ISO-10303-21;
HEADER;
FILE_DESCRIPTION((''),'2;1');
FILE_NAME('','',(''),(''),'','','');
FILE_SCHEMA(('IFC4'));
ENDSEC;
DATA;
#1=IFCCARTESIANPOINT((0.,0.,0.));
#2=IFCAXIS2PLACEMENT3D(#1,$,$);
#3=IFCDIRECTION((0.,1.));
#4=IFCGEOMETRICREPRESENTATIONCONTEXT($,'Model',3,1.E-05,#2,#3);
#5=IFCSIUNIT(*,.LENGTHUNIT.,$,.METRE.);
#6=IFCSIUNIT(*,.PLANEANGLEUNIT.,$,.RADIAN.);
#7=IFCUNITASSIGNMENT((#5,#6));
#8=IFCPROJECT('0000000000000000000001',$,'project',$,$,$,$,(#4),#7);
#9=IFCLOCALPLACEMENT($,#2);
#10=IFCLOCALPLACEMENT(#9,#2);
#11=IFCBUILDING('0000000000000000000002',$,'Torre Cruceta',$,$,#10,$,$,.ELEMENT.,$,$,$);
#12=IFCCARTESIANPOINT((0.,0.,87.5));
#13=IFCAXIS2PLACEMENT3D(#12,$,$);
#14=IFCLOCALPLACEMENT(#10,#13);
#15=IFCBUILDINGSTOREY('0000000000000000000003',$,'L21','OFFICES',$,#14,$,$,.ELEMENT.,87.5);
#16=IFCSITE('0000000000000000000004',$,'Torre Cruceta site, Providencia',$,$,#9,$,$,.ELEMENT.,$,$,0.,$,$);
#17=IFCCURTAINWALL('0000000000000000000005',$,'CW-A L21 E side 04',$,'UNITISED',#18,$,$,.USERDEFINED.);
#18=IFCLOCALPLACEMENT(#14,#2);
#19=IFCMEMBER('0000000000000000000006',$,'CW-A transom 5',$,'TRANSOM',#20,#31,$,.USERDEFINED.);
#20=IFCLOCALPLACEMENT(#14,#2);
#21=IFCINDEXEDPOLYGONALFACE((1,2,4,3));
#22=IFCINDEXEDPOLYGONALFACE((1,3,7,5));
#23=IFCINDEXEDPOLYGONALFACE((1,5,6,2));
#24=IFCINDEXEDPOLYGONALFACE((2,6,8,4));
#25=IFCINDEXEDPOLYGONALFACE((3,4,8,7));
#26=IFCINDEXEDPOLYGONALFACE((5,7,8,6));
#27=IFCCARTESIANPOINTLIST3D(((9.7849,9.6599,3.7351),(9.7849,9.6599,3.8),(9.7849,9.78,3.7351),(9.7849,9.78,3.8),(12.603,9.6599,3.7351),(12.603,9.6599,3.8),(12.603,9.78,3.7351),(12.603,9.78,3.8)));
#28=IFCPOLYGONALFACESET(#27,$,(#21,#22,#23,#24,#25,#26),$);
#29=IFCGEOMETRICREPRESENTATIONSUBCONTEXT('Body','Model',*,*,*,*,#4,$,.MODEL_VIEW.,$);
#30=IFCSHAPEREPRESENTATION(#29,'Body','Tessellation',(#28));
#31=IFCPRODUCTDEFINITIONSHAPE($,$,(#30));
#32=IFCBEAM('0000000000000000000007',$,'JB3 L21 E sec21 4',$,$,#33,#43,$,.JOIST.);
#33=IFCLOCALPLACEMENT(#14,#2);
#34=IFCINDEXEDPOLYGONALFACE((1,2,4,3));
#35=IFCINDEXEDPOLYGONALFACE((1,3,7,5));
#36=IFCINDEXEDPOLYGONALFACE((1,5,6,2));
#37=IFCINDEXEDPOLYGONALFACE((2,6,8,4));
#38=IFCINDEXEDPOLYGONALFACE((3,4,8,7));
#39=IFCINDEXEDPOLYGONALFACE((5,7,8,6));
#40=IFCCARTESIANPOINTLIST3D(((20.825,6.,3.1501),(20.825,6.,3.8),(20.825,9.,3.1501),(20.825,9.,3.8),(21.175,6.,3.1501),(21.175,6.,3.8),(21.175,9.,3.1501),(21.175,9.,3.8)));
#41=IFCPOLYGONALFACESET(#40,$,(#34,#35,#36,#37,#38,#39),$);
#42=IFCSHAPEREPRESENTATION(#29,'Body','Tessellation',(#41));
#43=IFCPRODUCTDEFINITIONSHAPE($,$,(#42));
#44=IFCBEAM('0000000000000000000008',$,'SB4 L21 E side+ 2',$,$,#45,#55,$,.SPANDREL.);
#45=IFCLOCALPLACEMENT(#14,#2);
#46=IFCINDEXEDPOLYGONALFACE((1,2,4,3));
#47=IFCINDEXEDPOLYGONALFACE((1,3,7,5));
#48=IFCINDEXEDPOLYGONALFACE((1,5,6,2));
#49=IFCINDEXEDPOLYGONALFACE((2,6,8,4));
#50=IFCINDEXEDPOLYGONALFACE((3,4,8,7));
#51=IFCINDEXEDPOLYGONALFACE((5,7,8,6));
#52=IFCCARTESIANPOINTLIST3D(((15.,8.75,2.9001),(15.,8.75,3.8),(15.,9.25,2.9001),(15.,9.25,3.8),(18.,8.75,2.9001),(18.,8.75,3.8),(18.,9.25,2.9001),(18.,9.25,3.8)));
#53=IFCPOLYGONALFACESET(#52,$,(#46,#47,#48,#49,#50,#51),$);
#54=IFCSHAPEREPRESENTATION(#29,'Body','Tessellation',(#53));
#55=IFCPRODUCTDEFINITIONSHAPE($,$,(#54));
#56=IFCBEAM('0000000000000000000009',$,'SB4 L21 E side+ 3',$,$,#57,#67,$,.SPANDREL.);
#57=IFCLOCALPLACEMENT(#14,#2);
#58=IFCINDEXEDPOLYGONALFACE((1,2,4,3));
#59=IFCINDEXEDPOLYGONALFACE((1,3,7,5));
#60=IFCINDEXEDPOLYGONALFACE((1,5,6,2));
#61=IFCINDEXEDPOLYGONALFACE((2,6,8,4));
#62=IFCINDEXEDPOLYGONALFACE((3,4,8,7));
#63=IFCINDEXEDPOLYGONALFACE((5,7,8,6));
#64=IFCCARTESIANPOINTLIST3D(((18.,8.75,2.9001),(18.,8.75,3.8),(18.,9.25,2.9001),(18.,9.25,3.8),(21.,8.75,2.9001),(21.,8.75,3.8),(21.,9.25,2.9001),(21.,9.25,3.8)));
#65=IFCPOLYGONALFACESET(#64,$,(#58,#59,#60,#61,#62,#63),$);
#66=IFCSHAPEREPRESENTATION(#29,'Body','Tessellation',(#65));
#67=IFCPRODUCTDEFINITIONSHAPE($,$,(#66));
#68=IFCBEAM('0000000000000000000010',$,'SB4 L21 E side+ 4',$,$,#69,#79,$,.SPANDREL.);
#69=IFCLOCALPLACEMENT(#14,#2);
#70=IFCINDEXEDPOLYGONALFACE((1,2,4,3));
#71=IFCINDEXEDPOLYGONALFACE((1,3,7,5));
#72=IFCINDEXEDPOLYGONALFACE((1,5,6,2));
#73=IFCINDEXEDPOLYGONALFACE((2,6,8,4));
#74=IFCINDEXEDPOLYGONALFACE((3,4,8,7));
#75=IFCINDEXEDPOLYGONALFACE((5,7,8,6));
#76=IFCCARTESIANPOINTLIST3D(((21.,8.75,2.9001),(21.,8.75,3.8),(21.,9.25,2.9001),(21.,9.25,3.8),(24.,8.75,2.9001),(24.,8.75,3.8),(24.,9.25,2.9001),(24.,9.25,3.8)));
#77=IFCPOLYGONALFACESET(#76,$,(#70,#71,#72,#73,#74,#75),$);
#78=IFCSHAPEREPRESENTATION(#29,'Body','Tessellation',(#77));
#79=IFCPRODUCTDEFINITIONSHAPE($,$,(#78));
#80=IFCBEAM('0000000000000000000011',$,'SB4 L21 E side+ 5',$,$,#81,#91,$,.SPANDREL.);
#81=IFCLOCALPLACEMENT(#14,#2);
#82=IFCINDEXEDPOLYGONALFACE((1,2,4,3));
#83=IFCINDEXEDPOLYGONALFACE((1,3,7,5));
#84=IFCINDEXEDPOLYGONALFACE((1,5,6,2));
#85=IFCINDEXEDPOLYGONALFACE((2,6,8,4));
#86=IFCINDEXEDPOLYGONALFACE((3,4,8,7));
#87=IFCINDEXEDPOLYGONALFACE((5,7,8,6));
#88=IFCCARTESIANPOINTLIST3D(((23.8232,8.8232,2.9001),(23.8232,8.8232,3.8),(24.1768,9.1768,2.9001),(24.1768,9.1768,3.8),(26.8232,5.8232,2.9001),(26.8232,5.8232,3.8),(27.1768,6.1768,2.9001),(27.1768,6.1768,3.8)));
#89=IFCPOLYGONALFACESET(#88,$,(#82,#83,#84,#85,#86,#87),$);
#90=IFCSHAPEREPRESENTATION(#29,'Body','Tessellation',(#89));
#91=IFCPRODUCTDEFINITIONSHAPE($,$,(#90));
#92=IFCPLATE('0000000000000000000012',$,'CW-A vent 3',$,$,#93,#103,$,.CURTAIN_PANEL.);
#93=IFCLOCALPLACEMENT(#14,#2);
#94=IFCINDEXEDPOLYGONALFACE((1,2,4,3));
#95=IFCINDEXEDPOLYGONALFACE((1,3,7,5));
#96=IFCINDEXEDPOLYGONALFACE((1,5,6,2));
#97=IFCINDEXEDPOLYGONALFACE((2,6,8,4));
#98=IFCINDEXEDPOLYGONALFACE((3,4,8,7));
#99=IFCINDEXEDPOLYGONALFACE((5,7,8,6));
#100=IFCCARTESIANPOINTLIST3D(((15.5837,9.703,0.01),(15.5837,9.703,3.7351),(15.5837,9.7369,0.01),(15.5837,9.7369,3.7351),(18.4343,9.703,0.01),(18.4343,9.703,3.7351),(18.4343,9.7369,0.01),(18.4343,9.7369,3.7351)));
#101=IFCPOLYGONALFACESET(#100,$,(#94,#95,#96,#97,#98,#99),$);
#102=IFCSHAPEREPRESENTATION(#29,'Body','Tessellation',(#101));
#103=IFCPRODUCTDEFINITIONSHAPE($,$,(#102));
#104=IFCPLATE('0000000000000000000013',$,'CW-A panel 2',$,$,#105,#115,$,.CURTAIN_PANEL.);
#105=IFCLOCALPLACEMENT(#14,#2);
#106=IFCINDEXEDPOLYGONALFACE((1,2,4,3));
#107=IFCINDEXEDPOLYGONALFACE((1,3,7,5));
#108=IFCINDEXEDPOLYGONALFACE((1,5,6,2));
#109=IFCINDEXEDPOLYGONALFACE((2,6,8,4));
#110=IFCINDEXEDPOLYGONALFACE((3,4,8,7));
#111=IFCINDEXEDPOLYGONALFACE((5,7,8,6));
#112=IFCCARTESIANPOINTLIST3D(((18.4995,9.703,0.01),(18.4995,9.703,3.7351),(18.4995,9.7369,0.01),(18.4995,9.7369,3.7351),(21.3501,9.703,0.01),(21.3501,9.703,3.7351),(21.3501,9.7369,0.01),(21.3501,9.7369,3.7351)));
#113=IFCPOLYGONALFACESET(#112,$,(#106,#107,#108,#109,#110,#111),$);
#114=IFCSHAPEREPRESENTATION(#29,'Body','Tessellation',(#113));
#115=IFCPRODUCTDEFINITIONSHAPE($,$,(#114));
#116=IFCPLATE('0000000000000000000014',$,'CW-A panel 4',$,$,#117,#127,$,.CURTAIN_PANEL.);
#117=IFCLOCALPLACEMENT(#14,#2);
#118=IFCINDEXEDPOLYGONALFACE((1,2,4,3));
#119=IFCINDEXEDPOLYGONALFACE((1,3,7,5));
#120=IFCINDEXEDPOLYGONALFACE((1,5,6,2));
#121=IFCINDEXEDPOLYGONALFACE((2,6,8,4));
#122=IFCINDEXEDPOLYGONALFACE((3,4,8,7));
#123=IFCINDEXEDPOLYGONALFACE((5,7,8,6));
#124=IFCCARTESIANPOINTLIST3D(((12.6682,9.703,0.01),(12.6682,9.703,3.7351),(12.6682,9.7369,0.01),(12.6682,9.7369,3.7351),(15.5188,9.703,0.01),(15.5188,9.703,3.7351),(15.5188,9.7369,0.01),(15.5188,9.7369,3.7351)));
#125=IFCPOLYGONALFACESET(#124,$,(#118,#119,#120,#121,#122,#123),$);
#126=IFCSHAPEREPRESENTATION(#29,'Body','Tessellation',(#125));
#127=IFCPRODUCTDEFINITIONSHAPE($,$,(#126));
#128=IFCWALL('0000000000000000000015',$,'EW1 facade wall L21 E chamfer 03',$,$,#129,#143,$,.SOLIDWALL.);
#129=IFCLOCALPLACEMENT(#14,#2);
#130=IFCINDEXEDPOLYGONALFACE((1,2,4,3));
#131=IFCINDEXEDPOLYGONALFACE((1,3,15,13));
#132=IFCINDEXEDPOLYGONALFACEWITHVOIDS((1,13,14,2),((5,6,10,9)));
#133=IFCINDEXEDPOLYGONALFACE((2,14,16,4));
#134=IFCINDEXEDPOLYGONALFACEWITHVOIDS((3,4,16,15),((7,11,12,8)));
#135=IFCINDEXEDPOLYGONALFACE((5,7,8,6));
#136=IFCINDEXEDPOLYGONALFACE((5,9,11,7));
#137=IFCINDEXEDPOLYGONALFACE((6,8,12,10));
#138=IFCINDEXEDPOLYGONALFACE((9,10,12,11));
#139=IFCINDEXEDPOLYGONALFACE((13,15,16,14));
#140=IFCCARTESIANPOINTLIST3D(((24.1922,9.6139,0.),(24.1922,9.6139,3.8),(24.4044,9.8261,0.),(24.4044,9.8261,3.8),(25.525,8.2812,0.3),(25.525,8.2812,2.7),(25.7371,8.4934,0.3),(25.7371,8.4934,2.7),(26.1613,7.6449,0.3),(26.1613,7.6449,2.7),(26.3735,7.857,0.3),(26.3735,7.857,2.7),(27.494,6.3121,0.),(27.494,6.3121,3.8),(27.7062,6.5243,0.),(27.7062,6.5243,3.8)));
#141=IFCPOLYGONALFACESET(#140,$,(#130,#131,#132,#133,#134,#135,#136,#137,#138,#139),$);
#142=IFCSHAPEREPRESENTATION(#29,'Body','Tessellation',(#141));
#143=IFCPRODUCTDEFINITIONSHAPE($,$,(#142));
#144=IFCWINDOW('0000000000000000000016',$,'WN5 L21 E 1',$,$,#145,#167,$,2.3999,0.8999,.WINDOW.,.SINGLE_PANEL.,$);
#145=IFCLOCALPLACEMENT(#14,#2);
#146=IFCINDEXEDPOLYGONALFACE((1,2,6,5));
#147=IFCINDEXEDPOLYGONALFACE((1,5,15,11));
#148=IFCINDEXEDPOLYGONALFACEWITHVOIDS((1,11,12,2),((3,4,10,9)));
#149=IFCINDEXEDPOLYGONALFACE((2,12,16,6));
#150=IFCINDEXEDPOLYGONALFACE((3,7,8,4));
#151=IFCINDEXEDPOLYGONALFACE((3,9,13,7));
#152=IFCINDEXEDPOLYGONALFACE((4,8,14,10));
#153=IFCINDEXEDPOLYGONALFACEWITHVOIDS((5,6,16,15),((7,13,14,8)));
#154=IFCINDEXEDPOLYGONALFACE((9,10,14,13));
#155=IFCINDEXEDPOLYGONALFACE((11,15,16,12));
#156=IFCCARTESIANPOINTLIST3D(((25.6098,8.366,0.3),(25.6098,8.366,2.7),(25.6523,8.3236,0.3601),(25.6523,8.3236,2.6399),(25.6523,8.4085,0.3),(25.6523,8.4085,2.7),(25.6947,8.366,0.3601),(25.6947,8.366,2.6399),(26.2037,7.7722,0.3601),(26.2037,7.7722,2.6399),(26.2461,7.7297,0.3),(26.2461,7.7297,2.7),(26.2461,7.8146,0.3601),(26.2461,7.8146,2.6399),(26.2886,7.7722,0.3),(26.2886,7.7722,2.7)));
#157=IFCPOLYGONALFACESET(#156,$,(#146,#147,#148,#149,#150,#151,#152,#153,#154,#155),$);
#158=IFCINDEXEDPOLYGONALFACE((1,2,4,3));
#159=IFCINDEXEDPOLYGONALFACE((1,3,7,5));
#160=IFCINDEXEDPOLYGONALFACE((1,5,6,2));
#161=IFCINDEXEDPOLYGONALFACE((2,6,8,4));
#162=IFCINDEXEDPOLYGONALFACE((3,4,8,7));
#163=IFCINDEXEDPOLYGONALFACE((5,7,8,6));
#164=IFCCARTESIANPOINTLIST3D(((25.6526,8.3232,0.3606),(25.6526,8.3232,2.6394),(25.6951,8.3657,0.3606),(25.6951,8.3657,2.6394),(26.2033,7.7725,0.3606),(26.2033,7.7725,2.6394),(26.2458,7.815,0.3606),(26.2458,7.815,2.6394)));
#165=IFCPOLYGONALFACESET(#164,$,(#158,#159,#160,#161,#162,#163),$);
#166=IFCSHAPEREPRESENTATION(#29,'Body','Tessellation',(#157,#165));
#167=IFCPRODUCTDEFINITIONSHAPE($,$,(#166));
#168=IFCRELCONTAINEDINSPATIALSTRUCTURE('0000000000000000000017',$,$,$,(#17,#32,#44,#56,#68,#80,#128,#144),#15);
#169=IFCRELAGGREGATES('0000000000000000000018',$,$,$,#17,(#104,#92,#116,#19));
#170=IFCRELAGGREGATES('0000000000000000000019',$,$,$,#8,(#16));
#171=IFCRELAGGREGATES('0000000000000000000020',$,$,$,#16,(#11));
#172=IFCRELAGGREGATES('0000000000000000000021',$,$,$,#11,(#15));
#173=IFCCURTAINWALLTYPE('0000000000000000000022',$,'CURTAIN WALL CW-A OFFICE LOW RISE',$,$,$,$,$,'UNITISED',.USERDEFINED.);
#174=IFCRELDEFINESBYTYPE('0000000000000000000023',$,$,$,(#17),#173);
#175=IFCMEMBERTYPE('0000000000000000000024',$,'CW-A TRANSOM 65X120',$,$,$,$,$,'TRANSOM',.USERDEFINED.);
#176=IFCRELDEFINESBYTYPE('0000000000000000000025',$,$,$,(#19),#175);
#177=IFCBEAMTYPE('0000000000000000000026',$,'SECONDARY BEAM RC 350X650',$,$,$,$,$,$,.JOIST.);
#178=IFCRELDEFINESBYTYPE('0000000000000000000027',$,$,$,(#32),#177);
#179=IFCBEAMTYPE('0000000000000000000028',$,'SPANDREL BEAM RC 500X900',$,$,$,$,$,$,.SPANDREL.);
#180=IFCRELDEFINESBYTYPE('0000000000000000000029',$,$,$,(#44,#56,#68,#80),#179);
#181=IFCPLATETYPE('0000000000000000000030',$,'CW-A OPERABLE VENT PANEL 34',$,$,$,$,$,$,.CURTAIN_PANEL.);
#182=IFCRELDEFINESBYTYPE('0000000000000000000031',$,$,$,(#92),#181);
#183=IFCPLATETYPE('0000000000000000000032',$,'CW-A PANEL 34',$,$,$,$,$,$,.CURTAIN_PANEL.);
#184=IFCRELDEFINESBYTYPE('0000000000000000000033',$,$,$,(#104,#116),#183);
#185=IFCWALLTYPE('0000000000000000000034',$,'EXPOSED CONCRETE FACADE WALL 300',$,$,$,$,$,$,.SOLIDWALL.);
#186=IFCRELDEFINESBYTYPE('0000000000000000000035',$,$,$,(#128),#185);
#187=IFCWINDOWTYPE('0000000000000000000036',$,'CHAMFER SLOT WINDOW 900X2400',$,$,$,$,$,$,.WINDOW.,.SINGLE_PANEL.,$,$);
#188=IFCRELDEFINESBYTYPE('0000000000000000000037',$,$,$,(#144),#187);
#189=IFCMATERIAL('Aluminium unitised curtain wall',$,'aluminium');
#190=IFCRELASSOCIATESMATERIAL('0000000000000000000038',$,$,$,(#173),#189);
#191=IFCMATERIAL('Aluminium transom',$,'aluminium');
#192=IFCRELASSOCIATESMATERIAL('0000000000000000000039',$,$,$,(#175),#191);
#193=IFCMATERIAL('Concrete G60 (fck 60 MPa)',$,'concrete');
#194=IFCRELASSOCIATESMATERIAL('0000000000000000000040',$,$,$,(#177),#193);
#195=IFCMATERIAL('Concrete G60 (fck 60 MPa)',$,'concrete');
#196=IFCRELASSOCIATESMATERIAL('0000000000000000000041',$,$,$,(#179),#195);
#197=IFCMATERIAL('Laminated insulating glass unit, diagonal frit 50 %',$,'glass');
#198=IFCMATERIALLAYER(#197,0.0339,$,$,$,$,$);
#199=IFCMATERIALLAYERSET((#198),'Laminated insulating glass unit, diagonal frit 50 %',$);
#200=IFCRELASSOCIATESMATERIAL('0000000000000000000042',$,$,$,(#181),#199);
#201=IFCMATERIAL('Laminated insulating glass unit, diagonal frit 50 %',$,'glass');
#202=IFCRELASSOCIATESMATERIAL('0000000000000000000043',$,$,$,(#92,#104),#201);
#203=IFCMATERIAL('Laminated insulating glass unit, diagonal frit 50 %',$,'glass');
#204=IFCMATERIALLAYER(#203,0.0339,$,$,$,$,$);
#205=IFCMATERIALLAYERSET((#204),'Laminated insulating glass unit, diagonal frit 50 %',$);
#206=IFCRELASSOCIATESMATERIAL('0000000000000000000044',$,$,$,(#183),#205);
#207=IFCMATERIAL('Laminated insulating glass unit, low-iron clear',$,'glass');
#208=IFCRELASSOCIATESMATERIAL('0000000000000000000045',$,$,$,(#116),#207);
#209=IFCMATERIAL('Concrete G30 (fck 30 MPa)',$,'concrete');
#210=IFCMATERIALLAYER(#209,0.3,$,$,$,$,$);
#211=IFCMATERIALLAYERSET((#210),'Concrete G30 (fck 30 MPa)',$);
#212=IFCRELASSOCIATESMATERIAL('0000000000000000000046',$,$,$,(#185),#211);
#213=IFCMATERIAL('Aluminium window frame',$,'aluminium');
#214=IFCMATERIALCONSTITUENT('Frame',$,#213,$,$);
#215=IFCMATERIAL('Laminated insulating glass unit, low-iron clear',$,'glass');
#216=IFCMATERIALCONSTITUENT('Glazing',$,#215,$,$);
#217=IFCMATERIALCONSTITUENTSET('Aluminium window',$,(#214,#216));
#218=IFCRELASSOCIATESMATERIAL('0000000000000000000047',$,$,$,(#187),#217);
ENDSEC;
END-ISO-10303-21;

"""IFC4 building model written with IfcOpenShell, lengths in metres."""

from ifc_helpers import new_model, si_unit, direction, frame, frame_2d, origin, origin_2d, place, context, subcontext, project, spatial, rectangle, hollow_rectangle, extrude, material, layer, layer_set, constituent, constituent_set, material_profile, profile_set, type_object, element, fill, aggregate, save


model = new_model("IFC4")

# Units and contexts
model_context = context("Model", 3, precision=1e-05, world=origin(), true_north=direction((0.0, 1.0)))
body_context = subcontext(model_context, "Body", "Model", "MODEL_VIEW")
ifc_project = project(units=[si_unit("LENGTHUNIT", "METRE"), si_unit("PLANEANGLEUNIT", "RADIAN")], contexts=[model_context])

# Site, building, storey
site_placement = place(None, origin())
site = spatial("IfcSite", under=ifc_project, at=site_placement, Name="Torre Cruceta site, Providencia", CompositionType="ELEMENT", RefElevation=0.0)
building_placement = place(site_placement, origin())
building = spatial("IfcBuilding", under=site, at=building_placement, Name="Torre Cruceta", CompositionType="ELEMENT")
storey_placement = place(building_placement, frame((0.0, 0.0, 87.5)))
storey = spatial("IfcBuildingStorey", under=building, at=storey_placement, Name="L21", Description="OFFICES", CompositionType="ELEMENT", Elevation=87.5)

# Curtain wall, member
ifc_material_1 = material(Name="Aluminium unitised curtain wall", Category="aluminium")
curtain_wall_type = type_object("IfcCurtainWallType", Name="CURTAIN WALL CW-A OFFICE LOW RISE", ElementType="UNITISED", PredefinedType="USERDEFINED", material=ifc_material_1)
curtain_wall_placement = place(storey_placement, origin())
curtain_wall = element("IfcCurtainWall", 1, at=curtain_wall_placement, inside=storey, type_object=curtain_wall_type, Name="CW-A L21 E side 04", ObjectType="UNITISED", PredefinedType="USERDEFINED")
ifc_material_2 = material(Name="Aluminium transom", Category="aluminium")
ifc_material_profile_1 = material_profile(ifc_material_2, rectangle(XDim=0.1201, YDim=0.0649, at=origin_2d()), Name="AL 120X65")
ifc_profile_set_1 = profile_set([ifc_material_profile_1], Name="Aluminium transom")
member_type_1 = type_object("IfcMemberType", Name="CW-A TRANSOM 65X120", ElementType="TRANSOM", PredefinedType="USERDEFINED", material=ifc_profile_set_1)
member_1_placement = place(storey_placement, frame((12.603, 9.72, 3.7676), z_axis=(-1.0, 0.0, 0.0), x_axis=(0.0, -1.0, 0.0)))
member_1 = element("IfcMember", 2, at=member_1_placement, type_object=member_type_1, Name="CW-A transom 5", ObjectType="TRANSOM", PredefinedType="USERDEFINED", context=body_context, shape_type="SweptSolid", body=[
    extrude(rectangle(XDim=0.1201, YDim=0.0649, at=origin_2d()), origin(), (0.0, 0.0, 1.0), 2.8181),
])

# Beams
ifc_material_3 = material(Name="Concrete G60 (fck 60 MPa)", Category="concrete")
ifc_material_profile_2 = material_profile(ifc_material_3, rectangle(XDim=0.3501, YDim=0.6499, at=origin_2d()), Name="RC 350X650")
ifc_profile_set_2 = profile_set([ifc_material_profile_2], Name="Concrete G60 (fck 60 MPa)")
beam_type_1 = type_object("IfcBeamType", Name="SECONDARY BEAM RC 350X650", PredefinedType="JOIST", material=ifc_profile_set_2)
beam_1_placement = place(storey_placement, frame((21.0, 6.0, 3.4751), z_axis=(0.0, 1.0, 0.0), x_axis=(-1.0, 0.0, 0.0)))
element("IfcBeam", 3, at=beam_1_placement, inside=storey, type_object=beam_type_1, Name="JB3 L21 E sec21 4", PredefinedType="JOIST", context=body_context, shape_type="SweptSolid", body=[
    extrude(rectangle(XDim=0.3501, YDim=0.6499, at=origin_2d()), origin(), (0.0, 0.0, 1.0), 3.0),
])
ifc_material_4 = material(Name="Concrete G60 (fck 60 MPa)", Category="concrete")
ifc_material_profile_3 = material_profile(ifc_material_4, rectangle(XDim=0.5, YDim=0.8999, at=origin_2d()), Name="RC 500X900")
ifc_profile_set_3 = profile_set([ifc_material_profile_3], Name="Concrete G60 (fck 60 MPa)")
beam_type_2 = type_object("IfcBeamType", Name="SPANDREL BEAM RC 500X900", PredefinedType="SPANDREL", material=ifc_profile_set_3)
for number, where, z_axis, x_axis, name in (
    (4, (15.0, 9.0, 3.3501), (1.0, 0.0, 0.0), (0.0, 1.0, 0.0), "SB4 L21 E side+ 2"),
    (5, (18.0, 9.0, 3.3501), (1.0, 0.0, 0.0), (0.0, 1.0, 0.0), "SB4 L21 E side+ 3"),
    (6, (21.0, 9.0, 3.3501), (1.0, 0.0, 0.0), (0.0, 1.0, 0.0), "SB4 L21 E side+ 4"),
):
    element("IfcBeam", number, at=place(storey_placement, frame(where, z_axis=z_axis, x_axis=x_axis)), inside=storey, type_object=beam_type_2, Name=name, PredefinedType="SPANDREL", context=body_context, shape_type="SweptSolid", body=[
        extrude(rectangle(XDim=0.5, YDim=0.8999, at=origin_2d()), origin(), (0.0, 0.0, 1.0), 3.0),
    ])
beam_2_placement = place(storey_placement, frame((24.0, 9.0, 3.3501), z_axis=(0.707107, -0.707107, 0.0), x_axis=(0.707107, 0.707107, 0.0)))
element("IfcBeam", 7, at=beam_2_placement, inside=storey, type_object=beam_type_2, Name="SB4 L21 E side+ 5", PredefinedType="SPANDREL", context=body_context, shape_type="SweptSolid", body=[
    extrude(rectangle(XDim=0.5, YDim=0.8999, at=origin_2d()), origin(), (0.0, 0.0, 1.0), 4.2427),
])

# Plates
ifc_material_5 = material(Name="Laminated insulating glass unit, diagonal frit 50 %", Category="glass")
ifc_material_6 = material(Name="Laminated insulating glass unit, diagonal frit 50 %", Category="glass")
ifc_layer_1 = layer(ifc_material_6, 0.0339)
ifc_layer_set_1 = layer_set([ifc_layer_1], Name="Laminated insulating glass unit, diagonal frit 50 %")
plate_type_1 = type_object("IfcPlateType", Name="CW-A OPERABLE VENT PANEL 34", PredefinedType="CURTAIN_PANEL", material=ifc_layer_set_1)
plate_1_placement = place(storey_placement, frame((17.009, 9.72, 0.01), z_axis=(0.0, 0.0, 1.0), x_axis=(-1.0, 0.0, 0.0)))
plate_1 = element("IfcPlate", 8, at=plate_1_placement, type_object=plate_type_1, material=ifc_material_5, Name="CW-A vent 3", PredefinedType="CURTAIN_PANEL", context=body_context, shape_type="SweptSolid", body=[
    extrude(rectangle(XDim=2.8506, YDim=0.0339, at=origin_2d()), origin(), (0.0, 0.0, 1.0), 3.7251),
])
ifc_material_7 = material(Name="Laminated insulating glass unit, diagonal frit 50 %", Category="glass")
ifc_layer_2 = layer(ifc_material_7, 0.0339)
ifc_layer_set_2 = layer_set([ifc_layer_2], Name="Laminated insulating glass unit, diagonal frit 50 %")
plate_type_2 = type_object("IfcPlateType", Name="CW-A PANEL 34", PredefinedType="CURTAIN_PANEL", material=ifc_layer_set_2)
plate_2_placement = place(storey_placement, frame((19.9248, 9.72, 0.01), z_axis=(0.0, 0.0, 1.0), x_axis=(-1.0, 0.0, 0.0)))
plate_2 = element("IfcPlate", 9, at=plate_2_placement, type_object=plate_type_2, material=ifc_material_5, Name="CW-A panel 2", PredefinedType="CURTAIN_PANEL", context=body_context, shape_type="SweptSolid", body=[
    extrude(rectangle(XDim=2.8506, YDim=0.0339, at=origin_2d()), origin(), (0.0, 0.0, 1.0), 3.7251),
])
ifc_material_8 = material(Name="Laminated insulating glass unit, low-iron clear", Category="glass")
plate_3_placement = place(storey_placement, frame((14.0935, 9.72, 0.01), z_axis=(0.0, 0.0, 1.0), x_axis=(-1.0, 0.0, 0.0)))
plate_3 = element("IfcPlate", 10, at=plate_3_placement, type_object=plate_type_2, material=ifc_material_8, Name="CW-A panel 4", PredefinedType="CURTAIN_PANEL", context=body_context, shape_type="SweptSolid", body=[
    extrude(rectangle(XDim=2.8506, YDim=0.0339, at=origin_2d()), origin(), (0.0, 0.0, 1.0), 3.7251),
])
aggregate(curtain_wall, [plate_2, plate_1, plate_3, member_1])

# Wall, opening, window
ifc_material_9 = material(Name="Concrete G30 (fck 30 MPa)", Category="concrete")
ifc_layer_3 = layer(ifc_material_9, 0.3)
ifc_layer_set_3 = layer_set([ifc_layer_3], Name="Concrete G30 (fck 30 MPa)")
wall_type_1 = type_object("IfcWallType", Name="EXPOSED CONCRETE FACADE WALL 300", PredefinedType="SOLIDWALL", material=ifc_layer_set_3)
wall_1_placement = place(storey_placement, frame((27.6001, 6.4182, 0.0), z_axis=(0.0, 0.0, 1.0), x_axis=(-0.707107, 0.707107, 0.0)))
wall_1 = element("IfcWall", 11, at=wall_1_placement, inside=storey, type_object=wall_type_1, Name="EW1 facade wall L21 E chamfer 03", PredefinedType="SOLIDWALL", context=body_context, shape_type="SweptSolid", body=[
    extrude(rectangle(XDim=4.6694, YDim=0.3, at=frame_2d((2.3347, 0.0))), origin(), (0.0, 0.0, 1.0), 3.8),
])
opening_1_placement = place(wall_1_placement, frame((1.8848, 0.0, 0.3)))
opening_1 = element("IfcOpeningElement", 12, at=opening_1_placement, cuts=wall_1, PredefinedType="OPENING", context=body_context, shape_type="SweptSolid", body=[
    extrude(rectangle(XDim=0.8999, YDim=2.3999, at=frame_2d((0.45, 1.2))), frame((0.0, 0.1599, 0.0), z_axis=(0.0, -1.0, 0.0), x_axis=(1.0, 0.0, 0.0)), (0.0, 0.0, 1.0), 0.3201),
])
ifc_material_10 = material(Name="Aluminium window frame", Category="aluminium")
ifc_constituent_1 = constituent(ifc_material_10, Name="Frame")
ifc_material_11 = material(Name="Laminated insulating glass unit, low-iron clear", Category="glass")
ifc_constituent_2 = constituent(ifc_material_11, Name="Glazing")
ifc_constituent_set_1 = constituent_set(constituents=[ifc_constituent_1, ifc_constituent_2], Name="Aluminium window")
window_type = type_object("IfcWindowType", Name="CHAMFER SLOT WINDOW 900X2400", PartitioningType="SINGLE_PANEL", PredefinedType="WINDOW", material=ifc_constituent_set_1)
window_placement = place(opening_1_placement, origin())
window = element("IfcWindow", 13, at=window_placement, inside=storey, type_object=window_type, Name="WN5 L21 E 1", OverallHeight=2.3999, OverallWidth=0.8999, PartitioningType="SINGLE_PANEL", PredefinedType="WINDOW", context=body_context, shape_type="SweptSolid", body=[
    extrude(hollow_rectangle(XDim=0.8999, YDim=2.3999, WallThickness=0.0601, at=frame_2d((0.45, 1.2))), frame((0.0, 0.03, 0.0), z_axis=(0.0, -1.0, 0.0), x_axis=(1.0, 0.0, 0.0)), (0.0, 0.0, 1.0), 0.0601),
    extrude(rectangle(XDim=0.7788, YDim=2.2788, at=frame_2d((0.45, 1.2))), frame((0.0, 0.03, 0.0), z_axis=(0.0, -1.0, 0.0), x_axis=(1.0, 0.0, 0.0)), (0.0, 0.0, 1.0), 0.0601),
])
fill(opening_1, window)

save(model, "model.ifc")
